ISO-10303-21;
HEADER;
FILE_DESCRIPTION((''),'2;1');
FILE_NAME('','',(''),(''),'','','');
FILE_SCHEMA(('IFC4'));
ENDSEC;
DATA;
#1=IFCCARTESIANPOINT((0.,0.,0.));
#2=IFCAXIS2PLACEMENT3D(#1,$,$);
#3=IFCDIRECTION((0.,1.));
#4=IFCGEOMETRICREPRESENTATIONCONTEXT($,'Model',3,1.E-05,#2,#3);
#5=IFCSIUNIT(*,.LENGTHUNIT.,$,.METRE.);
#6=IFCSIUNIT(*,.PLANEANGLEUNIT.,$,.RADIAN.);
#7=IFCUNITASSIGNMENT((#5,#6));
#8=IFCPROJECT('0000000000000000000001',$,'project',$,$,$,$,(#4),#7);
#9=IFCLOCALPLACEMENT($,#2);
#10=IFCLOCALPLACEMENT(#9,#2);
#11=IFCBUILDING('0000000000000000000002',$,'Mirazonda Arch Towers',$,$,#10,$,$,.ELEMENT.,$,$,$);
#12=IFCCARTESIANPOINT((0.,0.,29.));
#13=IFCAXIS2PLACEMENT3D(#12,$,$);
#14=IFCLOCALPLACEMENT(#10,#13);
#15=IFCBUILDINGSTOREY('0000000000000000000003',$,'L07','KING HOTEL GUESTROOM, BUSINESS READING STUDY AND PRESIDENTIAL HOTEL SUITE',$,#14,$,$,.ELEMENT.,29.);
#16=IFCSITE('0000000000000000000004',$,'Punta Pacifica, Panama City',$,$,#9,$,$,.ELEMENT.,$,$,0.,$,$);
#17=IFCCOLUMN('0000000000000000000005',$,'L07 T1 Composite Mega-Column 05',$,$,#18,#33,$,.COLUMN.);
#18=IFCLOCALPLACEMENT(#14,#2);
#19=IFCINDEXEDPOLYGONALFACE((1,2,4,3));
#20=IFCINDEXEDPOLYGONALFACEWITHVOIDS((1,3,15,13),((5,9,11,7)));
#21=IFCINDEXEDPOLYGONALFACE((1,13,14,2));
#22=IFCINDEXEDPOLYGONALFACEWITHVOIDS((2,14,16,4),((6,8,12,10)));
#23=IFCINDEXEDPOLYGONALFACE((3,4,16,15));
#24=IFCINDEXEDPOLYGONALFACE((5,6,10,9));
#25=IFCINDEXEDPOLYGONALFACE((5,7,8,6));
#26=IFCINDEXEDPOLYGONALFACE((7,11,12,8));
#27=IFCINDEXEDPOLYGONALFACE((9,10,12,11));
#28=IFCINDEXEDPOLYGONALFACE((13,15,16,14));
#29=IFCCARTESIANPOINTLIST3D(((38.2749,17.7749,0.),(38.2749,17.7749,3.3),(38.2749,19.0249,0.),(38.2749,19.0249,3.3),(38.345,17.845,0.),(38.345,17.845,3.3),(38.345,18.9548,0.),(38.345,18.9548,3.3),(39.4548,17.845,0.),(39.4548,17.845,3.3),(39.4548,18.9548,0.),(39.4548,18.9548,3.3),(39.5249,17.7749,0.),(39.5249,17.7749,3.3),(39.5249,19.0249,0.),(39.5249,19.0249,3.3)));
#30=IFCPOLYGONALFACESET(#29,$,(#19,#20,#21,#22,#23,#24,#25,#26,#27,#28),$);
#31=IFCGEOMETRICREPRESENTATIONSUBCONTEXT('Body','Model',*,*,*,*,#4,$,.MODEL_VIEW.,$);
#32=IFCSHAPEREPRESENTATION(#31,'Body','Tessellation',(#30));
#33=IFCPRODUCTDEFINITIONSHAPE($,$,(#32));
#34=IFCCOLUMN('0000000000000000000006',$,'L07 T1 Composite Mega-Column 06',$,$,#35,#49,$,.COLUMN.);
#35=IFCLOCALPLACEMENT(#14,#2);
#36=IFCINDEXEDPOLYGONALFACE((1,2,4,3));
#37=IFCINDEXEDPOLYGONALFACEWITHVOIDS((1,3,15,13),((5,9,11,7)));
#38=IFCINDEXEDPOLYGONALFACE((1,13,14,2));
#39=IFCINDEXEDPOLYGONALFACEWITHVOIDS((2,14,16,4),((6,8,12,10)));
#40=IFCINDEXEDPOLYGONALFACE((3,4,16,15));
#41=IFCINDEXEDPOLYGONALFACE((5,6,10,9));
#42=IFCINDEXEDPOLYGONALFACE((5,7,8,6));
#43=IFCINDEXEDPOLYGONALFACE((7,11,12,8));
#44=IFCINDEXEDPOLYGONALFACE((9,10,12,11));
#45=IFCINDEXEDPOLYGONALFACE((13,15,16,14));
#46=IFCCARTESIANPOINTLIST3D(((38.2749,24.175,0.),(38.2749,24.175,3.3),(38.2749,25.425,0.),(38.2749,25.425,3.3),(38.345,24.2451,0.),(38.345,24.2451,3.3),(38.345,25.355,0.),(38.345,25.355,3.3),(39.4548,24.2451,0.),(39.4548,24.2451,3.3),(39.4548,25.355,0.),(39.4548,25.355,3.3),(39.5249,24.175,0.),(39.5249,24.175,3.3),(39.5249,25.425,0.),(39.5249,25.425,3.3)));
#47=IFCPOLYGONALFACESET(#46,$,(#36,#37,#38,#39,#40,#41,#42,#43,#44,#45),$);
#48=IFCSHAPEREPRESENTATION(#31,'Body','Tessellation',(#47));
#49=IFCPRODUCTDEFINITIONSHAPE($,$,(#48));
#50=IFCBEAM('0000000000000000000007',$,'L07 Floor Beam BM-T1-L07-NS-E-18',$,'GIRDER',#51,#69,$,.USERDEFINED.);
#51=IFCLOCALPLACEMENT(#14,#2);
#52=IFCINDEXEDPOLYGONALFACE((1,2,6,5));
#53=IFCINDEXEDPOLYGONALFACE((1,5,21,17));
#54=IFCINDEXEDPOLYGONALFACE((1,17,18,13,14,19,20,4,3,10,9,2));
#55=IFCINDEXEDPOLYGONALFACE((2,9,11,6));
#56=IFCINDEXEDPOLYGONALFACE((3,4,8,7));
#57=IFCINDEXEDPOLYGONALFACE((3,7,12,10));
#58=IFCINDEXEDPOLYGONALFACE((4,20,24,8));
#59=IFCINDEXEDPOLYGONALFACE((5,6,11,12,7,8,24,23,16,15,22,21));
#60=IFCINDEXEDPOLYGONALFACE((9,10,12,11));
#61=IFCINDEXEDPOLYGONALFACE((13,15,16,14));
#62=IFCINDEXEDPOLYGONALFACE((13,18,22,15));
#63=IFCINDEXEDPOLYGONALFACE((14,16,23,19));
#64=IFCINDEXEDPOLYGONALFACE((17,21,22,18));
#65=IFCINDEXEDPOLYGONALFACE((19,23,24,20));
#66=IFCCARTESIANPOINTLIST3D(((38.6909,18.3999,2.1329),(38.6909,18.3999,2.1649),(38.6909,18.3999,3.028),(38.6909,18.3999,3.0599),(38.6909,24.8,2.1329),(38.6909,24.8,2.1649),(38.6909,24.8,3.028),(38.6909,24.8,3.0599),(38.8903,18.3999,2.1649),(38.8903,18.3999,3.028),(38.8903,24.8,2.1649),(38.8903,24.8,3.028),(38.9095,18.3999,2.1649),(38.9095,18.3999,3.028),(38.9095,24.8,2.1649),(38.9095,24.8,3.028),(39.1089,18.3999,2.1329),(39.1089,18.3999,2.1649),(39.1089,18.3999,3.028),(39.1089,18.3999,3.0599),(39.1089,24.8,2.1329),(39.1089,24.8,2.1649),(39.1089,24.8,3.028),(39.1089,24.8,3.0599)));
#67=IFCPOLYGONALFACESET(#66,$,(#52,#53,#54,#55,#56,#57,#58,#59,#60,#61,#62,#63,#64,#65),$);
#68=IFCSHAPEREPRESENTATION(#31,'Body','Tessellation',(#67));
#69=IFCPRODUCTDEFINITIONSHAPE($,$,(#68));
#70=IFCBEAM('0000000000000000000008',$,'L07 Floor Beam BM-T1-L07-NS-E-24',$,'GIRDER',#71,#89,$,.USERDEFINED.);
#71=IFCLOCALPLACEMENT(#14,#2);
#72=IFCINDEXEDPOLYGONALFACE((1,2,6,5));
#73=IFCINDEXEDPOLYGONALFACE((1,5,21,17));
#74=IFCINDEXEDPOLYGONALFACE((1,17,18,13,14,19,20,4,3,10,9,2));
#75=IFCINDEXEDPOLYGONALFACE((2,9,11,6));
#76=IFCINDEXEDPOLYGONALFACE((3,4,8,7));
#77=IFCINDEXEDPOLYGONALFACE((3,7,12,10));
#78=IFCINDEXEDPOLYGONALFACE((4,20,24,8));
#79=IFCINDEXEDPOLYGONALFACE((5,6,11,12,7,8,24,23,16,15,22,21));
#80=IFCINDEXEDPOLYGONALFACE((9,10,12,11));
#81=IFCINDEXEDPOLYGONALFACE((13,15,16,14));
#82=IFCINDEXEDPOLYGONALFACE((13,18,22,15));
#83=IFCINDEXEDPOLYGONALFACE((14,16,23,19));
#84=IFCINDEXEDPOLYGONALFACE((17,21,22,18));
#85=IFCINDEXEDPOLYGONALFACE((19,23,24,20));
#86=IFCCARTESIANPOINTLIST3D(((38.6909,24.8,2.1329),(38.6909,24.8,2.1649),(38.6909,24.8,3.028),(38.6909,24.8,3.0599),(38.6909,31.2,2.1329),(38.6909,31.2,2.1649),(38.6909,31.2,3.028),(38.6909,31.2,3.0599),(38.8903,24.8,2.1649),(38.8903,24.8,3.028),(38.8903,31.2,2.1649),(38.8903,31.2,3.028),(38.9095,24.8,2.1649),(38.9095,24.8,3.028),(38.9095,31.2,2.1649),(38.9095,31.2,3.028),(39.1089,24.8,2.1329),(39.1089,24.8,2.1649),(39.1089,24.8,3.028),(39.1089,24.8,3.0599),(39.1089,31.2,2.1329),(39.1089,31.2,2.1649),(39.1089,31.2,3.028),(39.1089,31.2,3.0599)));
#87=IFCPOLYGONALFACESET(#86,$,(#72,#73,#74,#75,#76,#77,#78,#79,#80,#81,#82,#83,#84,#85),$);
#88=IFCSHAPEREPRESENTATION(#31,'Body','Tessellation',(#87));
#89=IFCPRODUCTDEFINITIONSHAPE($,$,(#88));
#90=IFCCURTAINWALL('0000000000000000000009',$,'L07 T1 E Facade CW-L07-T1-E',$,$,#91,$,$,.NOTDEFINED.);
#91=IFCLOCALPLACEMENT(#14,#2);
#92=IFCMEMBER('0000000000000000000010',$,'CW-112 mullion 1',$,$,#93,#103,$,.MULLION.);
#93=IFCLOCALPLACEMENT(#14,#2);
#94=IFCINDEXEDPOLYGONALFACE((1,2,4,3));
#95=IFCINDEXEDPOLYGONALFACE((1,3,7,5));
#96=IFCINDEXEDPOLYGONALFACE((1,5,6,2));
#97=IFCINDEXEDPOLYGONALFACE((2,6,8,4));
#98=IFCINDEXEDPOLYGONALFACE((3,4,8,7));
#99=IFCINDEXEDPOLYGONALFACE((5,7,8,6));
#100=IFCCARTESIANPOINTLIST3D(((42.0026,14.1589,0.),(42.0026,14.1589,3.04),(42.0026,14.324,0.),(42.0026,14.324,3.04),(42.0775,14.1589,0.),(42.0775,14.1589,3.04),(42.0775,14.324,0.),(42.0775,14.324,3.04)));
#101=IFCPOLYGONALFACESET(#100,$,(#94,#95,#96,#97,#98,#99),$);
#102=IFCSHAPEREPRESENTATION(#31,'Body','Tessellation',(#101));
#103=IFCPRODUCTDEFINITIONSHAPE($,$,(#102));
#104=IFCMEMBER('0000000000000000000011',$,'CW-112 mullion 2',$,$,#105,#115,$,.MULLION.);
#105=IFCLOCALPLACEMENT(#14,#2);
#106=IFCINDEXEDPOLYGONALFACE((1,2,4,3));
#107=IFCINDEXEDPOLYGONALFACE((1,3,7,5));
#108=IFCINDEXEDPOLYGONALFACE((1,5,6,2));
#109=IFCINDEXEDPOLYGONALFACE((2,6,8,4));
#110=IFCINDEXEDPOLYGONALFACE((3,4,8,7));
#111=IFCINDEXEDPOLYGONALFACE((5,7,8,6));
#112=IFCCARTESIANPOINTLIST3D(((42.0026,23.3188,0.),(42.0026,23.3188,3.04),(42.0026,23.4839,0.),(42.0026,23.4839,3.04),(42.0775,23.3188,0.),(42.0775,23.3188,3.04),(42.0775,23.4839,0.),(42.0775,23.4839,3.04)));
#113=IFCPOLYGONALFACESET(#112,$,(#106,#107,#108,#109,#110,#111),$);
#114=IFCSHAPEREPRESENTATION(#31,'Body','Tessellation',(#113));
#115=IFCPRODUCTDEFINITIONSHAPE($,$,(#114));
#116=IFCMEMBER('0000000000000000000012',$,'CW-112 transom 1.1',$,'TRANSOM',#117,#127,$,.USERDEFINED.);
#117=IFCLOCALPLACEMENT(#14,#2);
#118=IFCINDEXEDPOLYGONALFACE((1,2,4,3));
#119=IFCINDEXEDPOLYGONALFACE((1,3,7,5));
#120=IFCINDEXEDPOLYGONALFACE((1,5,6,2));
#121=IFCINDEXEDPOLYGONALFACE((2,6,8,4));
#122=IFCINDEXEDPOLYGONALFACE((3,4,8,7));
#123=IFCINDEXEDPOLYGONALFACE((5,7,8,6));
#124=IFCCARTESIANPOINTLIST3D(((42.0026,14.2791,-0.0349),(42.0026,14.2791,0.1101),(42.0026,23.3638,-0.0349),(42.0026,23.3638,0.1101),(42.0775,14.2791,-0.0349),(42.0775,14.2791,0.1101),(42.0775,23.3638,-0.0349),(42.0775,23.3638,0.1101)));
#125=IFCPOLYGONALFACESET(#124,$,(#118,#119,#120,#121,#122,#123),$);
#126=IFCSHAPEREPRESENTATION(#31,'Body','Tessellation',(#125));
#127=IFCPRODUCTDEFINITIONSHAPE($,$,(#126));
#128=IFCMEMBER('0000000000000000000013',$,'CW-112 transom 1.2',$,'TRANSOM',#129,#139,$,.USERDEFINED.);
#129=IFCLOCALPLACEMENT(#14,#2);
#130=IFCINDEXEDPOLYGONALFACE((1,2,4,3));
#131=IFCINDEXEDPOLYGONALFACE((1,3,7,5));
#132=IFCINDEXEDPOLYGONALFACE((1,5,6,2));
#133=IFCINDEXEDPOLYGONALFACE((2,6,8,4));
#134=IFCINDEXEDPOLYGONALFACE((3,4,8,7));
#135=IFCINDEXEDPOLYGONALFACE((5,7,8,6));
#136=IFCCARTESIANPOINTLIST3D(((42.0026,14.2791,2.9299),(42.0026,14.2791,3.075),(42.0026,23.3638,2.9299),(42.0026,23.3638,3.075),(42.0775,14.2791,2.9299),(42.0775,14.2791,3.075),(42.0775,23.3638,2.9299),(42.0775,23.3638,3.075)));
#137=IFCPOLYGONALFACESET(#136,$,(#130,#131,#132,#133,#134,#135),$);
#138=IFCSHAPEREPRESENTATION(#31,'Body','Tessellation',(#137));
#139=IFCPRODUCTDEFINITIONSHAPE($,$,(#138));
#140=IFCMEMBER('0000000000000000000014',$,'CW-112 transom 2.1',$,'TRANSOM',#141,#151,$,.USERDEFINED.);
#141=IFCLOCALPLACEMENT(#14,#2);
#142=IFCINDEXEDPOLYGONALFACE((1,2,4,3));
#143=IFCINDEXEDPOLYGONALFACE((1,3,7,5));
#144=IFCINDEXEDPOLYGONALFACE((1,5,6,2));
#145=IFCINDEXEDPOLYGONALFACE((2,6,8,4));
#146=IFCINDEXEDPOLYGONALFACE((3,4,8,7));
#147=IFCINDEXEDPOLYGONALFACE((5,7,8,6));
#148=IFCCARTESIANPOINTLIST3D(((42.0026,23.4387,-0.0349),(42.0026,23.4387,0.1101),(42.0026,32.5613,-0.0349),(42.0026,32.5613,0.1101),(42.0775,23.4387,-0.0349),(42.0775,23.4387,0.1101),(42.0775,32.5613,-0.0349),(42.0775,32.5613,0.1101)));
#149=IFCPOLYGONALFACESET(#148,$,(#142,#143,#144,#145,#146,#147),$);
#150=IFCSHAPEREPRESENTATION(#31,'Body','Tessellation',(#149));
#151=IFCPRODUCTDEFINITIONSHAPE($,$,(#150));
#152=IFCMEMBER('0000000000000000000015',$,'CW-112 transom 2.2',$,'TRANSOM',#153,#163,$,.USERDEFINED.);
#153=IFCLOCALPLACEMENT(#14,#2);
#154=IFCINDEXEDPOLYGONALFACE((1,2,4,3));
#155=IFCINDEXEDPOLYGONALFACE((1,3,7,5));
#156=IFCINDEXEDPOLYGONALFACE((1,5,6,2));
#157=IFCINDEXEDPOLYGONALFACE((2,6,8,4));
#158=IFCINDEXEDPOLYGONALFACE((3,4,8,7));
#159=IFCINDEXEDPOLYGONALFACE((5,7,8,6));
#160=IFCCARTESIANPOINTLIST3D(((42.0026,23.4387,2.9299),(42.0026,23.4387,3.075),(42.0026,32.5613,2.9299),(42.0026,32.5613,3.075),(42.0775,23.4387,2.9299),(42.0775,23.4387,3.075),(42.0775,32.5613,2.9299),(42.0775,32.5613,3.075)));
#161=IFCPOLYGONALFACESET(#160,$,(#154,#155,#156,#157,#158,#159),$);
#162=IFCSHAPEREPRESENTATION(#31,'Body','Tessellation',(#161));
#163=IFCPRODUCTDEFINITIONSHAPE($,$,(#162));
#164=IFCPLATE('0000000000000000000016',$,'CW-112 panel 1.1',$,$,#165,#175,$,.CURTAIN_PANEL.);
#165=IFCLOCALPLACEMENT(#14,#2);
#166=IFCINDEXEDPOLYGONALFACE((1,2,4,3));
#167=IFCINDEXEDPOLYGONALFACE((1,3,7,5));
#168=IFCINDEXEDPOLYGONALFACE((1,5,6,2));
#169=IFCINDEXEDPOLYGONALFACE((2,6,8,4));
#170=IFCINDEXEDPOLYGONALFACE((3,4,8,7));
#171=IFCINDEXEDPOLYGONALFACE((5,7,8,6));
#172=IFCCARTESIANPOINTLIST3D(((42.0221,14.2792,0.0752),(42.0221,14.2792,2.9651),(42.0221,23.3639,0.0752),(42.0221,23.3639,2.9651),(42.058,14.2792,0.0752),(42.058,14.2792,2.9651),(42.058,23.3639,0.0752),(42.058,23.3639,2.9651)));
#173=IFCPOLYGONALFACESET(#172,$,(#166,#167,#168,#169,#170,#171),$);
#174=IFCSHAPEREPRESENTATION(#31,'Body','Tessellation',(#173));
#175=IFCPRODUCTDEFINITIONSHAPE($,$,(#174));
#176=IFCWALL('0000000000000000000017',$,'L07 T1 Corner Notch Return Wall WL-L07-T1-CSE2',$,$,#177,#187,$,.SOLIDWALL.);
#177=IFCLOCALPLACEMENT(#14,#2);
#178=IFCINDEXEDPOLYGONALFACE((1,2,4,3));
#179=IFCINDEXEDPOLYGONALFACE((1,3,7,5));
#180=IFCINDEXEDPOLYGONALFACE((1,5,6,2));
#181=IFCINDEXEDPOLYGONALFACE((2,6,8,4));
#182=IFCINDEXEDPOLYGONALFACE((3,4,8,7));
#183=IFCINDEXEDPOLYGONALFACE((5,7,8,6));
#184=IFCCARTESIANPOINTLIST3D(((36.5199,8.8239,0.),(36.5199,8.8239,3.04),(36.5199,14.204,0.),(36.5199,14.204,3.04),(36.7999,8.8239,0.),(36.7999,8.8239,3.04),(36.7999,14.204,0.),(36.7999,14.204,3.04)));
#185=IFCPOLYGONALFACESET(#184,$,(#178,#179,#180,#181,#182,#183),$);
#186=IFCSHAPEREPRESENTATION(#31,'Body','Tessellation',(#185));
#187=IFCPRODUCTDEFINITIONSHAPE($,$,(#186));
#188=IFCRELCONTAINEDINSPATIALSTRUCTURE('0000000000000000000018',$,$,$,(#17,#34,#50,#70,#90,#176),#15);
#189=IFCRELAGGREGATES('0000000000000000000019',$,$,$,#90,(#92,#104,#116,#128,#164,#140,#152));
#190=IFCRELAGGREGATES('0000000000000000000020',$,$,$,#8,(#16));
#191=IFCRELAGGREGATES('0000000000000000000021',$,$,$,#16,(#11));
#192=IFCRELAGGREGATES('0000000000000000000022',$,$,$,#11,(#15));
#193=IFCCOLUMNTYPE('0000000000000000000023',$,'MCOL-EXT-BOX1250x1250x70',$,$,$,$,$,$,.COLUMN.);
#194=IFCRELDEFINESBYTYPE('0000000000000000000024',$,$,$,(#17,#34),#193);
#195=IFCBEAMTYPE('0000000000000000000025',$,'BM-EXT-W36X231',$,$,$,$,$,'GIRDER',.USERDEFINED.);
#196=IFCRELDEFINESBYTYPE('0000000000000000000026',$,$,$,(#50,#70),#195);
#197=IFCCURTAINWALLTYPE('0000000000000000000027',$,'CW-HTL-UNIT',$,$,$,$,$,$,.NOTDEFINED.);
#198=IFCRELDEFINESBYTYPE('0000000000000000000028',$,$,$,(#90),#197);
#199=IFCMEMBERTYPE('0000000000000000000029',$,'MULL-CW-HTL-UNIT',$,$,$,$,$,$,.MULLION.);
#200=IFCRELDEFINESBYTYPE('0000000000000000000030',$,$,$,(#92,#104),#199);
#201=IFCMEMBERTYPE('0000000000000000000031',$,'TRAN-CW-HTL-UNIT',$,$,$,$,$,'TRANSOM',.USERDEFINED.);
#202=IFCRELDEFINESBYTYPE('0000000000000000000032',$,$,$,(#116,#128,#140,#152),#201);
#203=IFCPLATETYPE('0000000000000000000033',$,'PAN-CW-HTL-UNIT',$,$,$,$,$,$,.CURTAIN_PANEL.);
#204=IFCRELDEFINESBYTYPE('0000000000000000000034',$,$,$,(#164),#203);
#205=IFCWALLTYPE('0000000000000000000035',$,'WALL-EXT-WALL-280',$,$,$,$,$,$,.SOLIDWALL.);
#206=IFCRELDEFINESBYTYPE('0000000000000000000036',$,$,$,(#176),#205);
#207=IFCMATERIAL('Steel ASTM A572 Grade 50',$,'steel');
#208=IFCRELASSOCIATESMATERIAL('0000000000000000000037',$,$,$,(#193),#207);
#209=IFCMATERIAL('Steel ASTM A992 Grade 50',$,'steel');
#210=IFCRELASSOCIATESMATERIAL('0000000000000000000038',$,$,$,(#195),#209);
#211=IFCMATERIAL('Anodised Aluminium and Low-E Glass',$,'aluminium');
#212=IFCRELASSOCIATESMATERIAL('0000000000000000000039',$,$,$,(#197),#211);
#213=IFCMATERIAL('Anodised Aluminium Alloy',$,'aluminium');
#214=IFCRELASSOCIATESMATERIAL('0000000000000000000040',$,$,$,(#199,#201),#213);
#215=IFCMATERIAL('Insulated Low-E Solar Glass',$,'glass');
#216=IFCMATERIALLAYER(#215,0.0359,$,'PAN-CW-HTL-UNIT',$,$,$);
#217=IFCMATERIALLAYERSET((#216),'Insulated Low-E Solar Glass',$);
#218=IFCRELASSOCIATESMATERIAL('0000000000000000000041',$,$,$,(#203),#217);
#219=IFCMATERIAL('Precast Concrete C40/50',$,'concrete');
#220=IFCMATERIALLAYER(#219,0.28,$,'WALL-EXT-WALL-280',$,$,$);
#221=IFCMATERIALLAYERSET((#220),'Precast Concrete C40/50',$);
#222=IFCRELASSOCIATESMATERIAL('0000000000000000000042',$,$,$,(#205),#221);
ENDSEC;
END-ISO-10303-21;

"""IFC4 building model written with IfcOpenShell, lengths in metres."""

from ifc_helpers import new_model, si_unit, direction, frame, frame_2d, origin, origin_2d, place, context, subcontext, project, spatial, rectangle, hollow_rectangle, i_section, extrude, material, layer, layer_set, material_profile, profile_set, type_object, element, aggregate, save


model = new_model("IFC4")

# Units and contexts
model_context = context("Model", 3, precision=1e-05, world=origin(), true_north=direction((0.0, 1.0)))
body_context = subcontext(model_context, "Body", "Model", "MODEL_VIEW")
ifc_project = project(units=[si_unit("LENGTHUNIT", "METRE"), si_unit("PLANEANGLEUNIT", "RADIAN")], contexts=[model_context])

# Site, building, storey
site_placement = place(None, origin())
site = spatial("IfcSite", under=ifc_project, at=site_placement, Name="Punta Pacifica, Panama City", CompositionType="ELEMENT", RefElevation=0.0)
building_placement = place(site_placement, origin())
building = spatial("IfcBuilding", under=site, at=building_placement, Name="Mirazonda Arch Towers", CompositionType="ELEMENT")
storey_placement = place(building_placement, frame((0.0, 0.0, 29.0)))
storey = spatial("IfcBuildingStorey", under=building, at=storey_placement, Name="L07", Description="KING HOTEL GUESTROOM, BUSINESS READING STUDY AND PRESIDENTIAL HOTEL SUITE", CompositionType="ELEMENT", Elevation=29.0)

# Columns
ifc_material_1 = material(Name="Steel ASTM A572 Grade 50", Category="steel")
ifc_material_profile_1 = material_profile(ifc_material_1, hollow_rectangle(XDim=1.25, YDim=1.25, WallThickness=0.0701, at=origin_2d()), Name="BOX1250x1250x70")
ifc_profile_set_1 = profile_set([ifc_material_profile_1], Name="Steel ASTM A572 Grade 50")
column_type = type_object("IfcColumnType", Name="MCOL-EXT-BOX1250x1250x70", PredefinedType="COLUMN", material=ifc_profile_set_1)
for number, where, z_axis, x_axis, name in (
    (1, (38.8999, 18.3999, 0.0), (0.0, 0.0, 1.0), (1.0, 0.0, 0.0), "L07 T1 Composite Mega-Column 05"),
    (2, (38.8999, 24.8, 0.0), (0.0, 0.0, 1.0), (1.0, 0.0, 0.0), "L07 T1 Composite Mega-Column 06"),
):
    element("IfcColumn", number, at=place(storey_placement, frame(where, z_axis=z_axis, x_axis=x_axis)), inside=storey, type_object=column_type, Name=name, PredefinedType="COLUMN", context=body_context, shape_type="SweptSolid", body=[
        extrude(hollow_rectangle(XDim=1.25, YDim=1.25, WallThickness=0.0701, at=origin_2d()), origin(), (0.0, 0.0, 1.0), 3.3),
    ])

# Beams
ifc_material_2 = material(Name="Steel ASTM A992 Grade 50", Category="steel")
ifc_material_profile_2 = material_profile(ifc_material_2, i_section(OverallWidth=0.418, OverallDepth=0.927, WebThickness=0.0193, FlangeThickness=0.032, at=origin_2d()), Name="W36X231")
ifc_profile_set_2 = profile_set([ifc_material_profile_2], Name="Steel ASTM A992 Grade 50")
beam_type = type_object("IfcBeamType", Name="BM-EXT-W36X231", ElementType="GIRDER", PredefinedType="USERDEFINED", material=ifc_profile_set_2)
beam_1_placement = place(storey_placement, frame((38.8999, 18.3999, 2.5964), z_axis=(0.0, 1.0, 0.0), x_axis=(-1.0, 0.0, 0.0)))
element("IfcBeam", 3, at=beam_1_placement, inside=storey, type_object=beam_type, Name="L07 Floor Beam BM-T1-L07-NS-E-18", ObjectType="GIRDER", PredefinedType="USERDEFINED", context=body_context, shape_type="SweptSolid", body=[
    extrude(i_section(OverallWidth=0.418, OverallDepth=0.927, WebThickness=0.0193, FlangeThickness=0.032, at=origin_2d()), origin(), (0.0, 0.0, 1.0), 6.4001),
])
beam_2_placement = place(storey_placement, frame((38.8999, 24.8, 2.5964), z_axis=(0.0, 1.0, 0.0), x_axis=(-1.0, 0.0, 0.0)))
element("IfcBeam", 4, at=beam_2_placement, inside=storey, type_object=beam_type, Name="L07 Floor Beam BM-T1-L07-NS-E-24", ObjectType="GIRDER", PredefinedType="USERDEFINED", context=body_context, shape_type="SweptSolid", body=[
    extrude(i_section(OverallWidth=0.418, OverallDepth=0.927, WebThickness=0.0193, FlangeThickness=0.032, at=origin_2d()), origin(), (0.0, 0.0, 1.0), 6.3999),
])

# Curtain wall, members, plate
ifc_material_3 = material(Name="Anodised Aluminium and Low-E Glass", Category="aluminium")
curtain_wall_type = type_object("IfcCurtainWallType", Name="CW-HTL-UNIT", PredefinedType="NOTDEFINED", material=ifc_material_3)
curtain_wall_placement = place(storey_placement, origin())
curtain_wall = element("IfcCurtainWall", 5, at=curtain_wall_placement, inside=storey, type_object=curtain_wall_type, Name="L07 T1 E Facade CW-L07-T1-E", PredefinedType="NOTDEFINED")
ifc_material_4 = material(Name="Anodised Aluminium Alloy", Category="aluminium")
ifc_material_profile_3 = material_profile(ifc_material_4, rectangle(XDim=0.075, YDim=0.165, at=origin_2d()), Name="ALU-MULL-75x165")
ifc_profile_set_3 = profile_set([ifc_material_profile_3], Name="Anodised Aluminium Alloy")
member_type_1 = type_object("IfcMemberType", Name="MULL-CW-HTL-UNIT", PredefinedType="MULLION", material=ifc_profile_set_3)
member_1_placement = place(storey_placement, frame((42.04, 14.2415, 0.0), z_axis=(0.0, 0.0, 1.0), x_axis=(-1.0, 0.0, 0.0)))
member_1 = element("IfcMember", 6, at=member_1_placement, type_object=member_type_1, Name="CW-112 mullion 1", PredefinedType="MULLION", context=body_context, shape_type="SweptSolid", body=[
    extrude(rectangle(XDim=0.075, YDim=0.165, at=origin_2d()), origin(), (0.0, 0.0, 1.0), 3.04),
])
member_2_placement = place(storey_placement, frame((42.04, 23.4014, 0.0), z_axis=(0.0, 0.0, 1.0), x_axis=(-1.0, 0.0, 0.0)))
member_2 = element("IfcMember", 7, at=member_2_placement, type_object=member_type_1, Name="CW-112 mullion 2", PredefinedType="MULLION", context=body_context, shape_type="SweptSolid", body=[
    extrude(rectangle(XDim=0.075, YDim=0.165, at=origin_2d()), origin(), (0.0, 0.0, 1.0), 3.04),
])
ifc_material_profile_4 = material_profile(ifc_material_4, rectangle(XDim=0.075, YDim=0.145, at=origin_2d()), Name="ALU-TRAN-75x145")
ifc_profile_set_4 = profile_set([ifc_material_profile_4], Name="Anodised Aluminium Alloy")
member_type_2 = type_object("IfcMemberType", Name="TRAN-CW-HTL-UNIT", ElementType="TRANSOM", PredefinedType="USERDEFINED", material=ifc_profile_set_4)
member_3_placement = place(storey_placement, frame((42.04, 14.2791, 0.0376), z_axis=(0.0, 1.0, 0.0), x_axis=(-1.0, 0.0, 0.0)))
member_3 = element("IfcMember", 8, at=member_3_placement, type_object=member_type_2, Name="CW-112 transom 1.1", ObjectType="TRANSOM", PredefinedType="USERDEFINED", context=body_context, shape_type="SweptSolid", body=[
    extrude(rectangle(XDim=0.075, YDim=0.145, at=origin_2d()), origin(), (0.0, 0.0, 1.0), 9.0847),
])
member_4_placement = place(storey_placement, frame((42.04, 14.2791, 3.0024), z_axis=(0.0, 1.0, 0.0), x_axis=(-1.0, 0.0, 0.0)))
member_4 = element("IfcMember", 9, at=member_4_placement, type_object=member_type_2, Name="CW-112 transom 1.2", ObjectType="TRANSOM", PredefinedType="USERDEFINED", context=body_context, shape_type="SweptSolid", body=[
    extrude(rectangle(XDim=0.075, YDim=0.145, at=origin_2d()), origin(), (0.0, 0.0, 1.0), 9.0847),
])
member_5_placement = place(storey_placement, frame((42.04, 23.4387, 0.0376), z_axis=(0.0, 1.0, 0.0), x_axis=(-1.0, 0.0, 0.0)))
member_5 = element("IfcMember", 10, at=member_5_placement, type_object=member_type_2, Name="CW-112 transom 2.1", ObjectType="TRANSOM", PredefinedType="USERDEFINED", context=body_context, shape_type="SweptSolid", body=[
    extrude(rectangle(XDim=0.075, YDim=0.145, at=origin_2d()), origin(), (0.0, 0.0, 1.0), 9.1226),
])
member_6_placement = place(storey_placement, frame((42.04, 23.4387, 3.0024), z_axis=(0.0, 1.0, 0.0), x_axis=(-1.0, 0.0, 0.0)))
member_6 = element("IfcMember", 11, at=member_6_placement, type_object=member_type_2, Name="CW-112 transom 2.2", ObjectType="TRANSOM", PredefinedType="USERDEFINED", context=body_context, shape_type="SweptSolid", body=[
    extrude(rectangle(XDim=0.075, YDim=0.145, at=origin_2d()), origin(), (0.0, 0.0, 1.0), 9.1226),
])
ifc_material_5 = material(Name="Insulated Low-E Solar Glass", Category="glass")
ifc_layer_1 = layer(ifc_material_5, 0.0359, Name="PAN-CW-HTL-UNIT")
ifc_layer_set_1 = layer_set([ifc_layer_1], Name="Insulated Low-E Solar Glass")
plate_type = type_object("IfcPlateType", Name="PAN-CW-HTL-UNIT", PredefinedType="CURTAIN_PANEL", material=ifc_layer_set_1)
plate_placement = place(storey_placement, frame((42.04, 18.8215, 0.0752), z_axis=(0.0, 0.0, 1.0), x_axis=(0.0, 1.0, 0.0)))
plate = element("IfcPlate", 12, at=plate_placement, type_object=plate_type, Name="CW-112 panel 1.1", PredefinedType="CURTAIN_PANEL", context=body_context, shape_type="SweptSolid", body=[
    extrude(rectangle(XDim=9.0847, YDim=0.0359, at=origin_2d()), origin(), (0.0, 0.0, 1.0), 2.8899),
])
aggregate(curtain_wall, [member_1, member_2, member_3, member_4, plate, member_5, member_6])

# Wall
ifc_material_6 = material(Name="Precast Concrete C40/50", Category="concrete")
ifc_layer_2 = layer(ifc_material_6, 0.28, Name="WALL-EXT-WALL-280")
ifc_layer_set_2 = layer_set([ifc_layer_2], Name="Precast Concrete C40/50")
wall_type = type_object("IfcWallType", Name="WALL-EXT-WALL-280", PredefinedType="SOLIDWALL", material=ifc_layer_set_2)
wall_1_placement = place(storey_placement, frame((36.6599, 8.824, 0.0), z_axis=(0.0, 0.0, 1.0), x_axis=(0.0, 1.0, 0.0)))
element("IfcWall", 13, at=wall_1_placement, inside=storey, type_object=wall_type, Name="L07 T1 Corner Notch Return Wall WL-L07-T1-CSE2", PredefinedType="SOLIDWALL", context=body_context, shape_type="SweptSolid", body=[
    extrude(rectangle(XDim=5.3801, YDim=0.28, at=frame_2d((2.6899, 0.0))), origin(), (0.0, 0.0, 1.0), 3.04),
])

save(model, "model.ifc")
